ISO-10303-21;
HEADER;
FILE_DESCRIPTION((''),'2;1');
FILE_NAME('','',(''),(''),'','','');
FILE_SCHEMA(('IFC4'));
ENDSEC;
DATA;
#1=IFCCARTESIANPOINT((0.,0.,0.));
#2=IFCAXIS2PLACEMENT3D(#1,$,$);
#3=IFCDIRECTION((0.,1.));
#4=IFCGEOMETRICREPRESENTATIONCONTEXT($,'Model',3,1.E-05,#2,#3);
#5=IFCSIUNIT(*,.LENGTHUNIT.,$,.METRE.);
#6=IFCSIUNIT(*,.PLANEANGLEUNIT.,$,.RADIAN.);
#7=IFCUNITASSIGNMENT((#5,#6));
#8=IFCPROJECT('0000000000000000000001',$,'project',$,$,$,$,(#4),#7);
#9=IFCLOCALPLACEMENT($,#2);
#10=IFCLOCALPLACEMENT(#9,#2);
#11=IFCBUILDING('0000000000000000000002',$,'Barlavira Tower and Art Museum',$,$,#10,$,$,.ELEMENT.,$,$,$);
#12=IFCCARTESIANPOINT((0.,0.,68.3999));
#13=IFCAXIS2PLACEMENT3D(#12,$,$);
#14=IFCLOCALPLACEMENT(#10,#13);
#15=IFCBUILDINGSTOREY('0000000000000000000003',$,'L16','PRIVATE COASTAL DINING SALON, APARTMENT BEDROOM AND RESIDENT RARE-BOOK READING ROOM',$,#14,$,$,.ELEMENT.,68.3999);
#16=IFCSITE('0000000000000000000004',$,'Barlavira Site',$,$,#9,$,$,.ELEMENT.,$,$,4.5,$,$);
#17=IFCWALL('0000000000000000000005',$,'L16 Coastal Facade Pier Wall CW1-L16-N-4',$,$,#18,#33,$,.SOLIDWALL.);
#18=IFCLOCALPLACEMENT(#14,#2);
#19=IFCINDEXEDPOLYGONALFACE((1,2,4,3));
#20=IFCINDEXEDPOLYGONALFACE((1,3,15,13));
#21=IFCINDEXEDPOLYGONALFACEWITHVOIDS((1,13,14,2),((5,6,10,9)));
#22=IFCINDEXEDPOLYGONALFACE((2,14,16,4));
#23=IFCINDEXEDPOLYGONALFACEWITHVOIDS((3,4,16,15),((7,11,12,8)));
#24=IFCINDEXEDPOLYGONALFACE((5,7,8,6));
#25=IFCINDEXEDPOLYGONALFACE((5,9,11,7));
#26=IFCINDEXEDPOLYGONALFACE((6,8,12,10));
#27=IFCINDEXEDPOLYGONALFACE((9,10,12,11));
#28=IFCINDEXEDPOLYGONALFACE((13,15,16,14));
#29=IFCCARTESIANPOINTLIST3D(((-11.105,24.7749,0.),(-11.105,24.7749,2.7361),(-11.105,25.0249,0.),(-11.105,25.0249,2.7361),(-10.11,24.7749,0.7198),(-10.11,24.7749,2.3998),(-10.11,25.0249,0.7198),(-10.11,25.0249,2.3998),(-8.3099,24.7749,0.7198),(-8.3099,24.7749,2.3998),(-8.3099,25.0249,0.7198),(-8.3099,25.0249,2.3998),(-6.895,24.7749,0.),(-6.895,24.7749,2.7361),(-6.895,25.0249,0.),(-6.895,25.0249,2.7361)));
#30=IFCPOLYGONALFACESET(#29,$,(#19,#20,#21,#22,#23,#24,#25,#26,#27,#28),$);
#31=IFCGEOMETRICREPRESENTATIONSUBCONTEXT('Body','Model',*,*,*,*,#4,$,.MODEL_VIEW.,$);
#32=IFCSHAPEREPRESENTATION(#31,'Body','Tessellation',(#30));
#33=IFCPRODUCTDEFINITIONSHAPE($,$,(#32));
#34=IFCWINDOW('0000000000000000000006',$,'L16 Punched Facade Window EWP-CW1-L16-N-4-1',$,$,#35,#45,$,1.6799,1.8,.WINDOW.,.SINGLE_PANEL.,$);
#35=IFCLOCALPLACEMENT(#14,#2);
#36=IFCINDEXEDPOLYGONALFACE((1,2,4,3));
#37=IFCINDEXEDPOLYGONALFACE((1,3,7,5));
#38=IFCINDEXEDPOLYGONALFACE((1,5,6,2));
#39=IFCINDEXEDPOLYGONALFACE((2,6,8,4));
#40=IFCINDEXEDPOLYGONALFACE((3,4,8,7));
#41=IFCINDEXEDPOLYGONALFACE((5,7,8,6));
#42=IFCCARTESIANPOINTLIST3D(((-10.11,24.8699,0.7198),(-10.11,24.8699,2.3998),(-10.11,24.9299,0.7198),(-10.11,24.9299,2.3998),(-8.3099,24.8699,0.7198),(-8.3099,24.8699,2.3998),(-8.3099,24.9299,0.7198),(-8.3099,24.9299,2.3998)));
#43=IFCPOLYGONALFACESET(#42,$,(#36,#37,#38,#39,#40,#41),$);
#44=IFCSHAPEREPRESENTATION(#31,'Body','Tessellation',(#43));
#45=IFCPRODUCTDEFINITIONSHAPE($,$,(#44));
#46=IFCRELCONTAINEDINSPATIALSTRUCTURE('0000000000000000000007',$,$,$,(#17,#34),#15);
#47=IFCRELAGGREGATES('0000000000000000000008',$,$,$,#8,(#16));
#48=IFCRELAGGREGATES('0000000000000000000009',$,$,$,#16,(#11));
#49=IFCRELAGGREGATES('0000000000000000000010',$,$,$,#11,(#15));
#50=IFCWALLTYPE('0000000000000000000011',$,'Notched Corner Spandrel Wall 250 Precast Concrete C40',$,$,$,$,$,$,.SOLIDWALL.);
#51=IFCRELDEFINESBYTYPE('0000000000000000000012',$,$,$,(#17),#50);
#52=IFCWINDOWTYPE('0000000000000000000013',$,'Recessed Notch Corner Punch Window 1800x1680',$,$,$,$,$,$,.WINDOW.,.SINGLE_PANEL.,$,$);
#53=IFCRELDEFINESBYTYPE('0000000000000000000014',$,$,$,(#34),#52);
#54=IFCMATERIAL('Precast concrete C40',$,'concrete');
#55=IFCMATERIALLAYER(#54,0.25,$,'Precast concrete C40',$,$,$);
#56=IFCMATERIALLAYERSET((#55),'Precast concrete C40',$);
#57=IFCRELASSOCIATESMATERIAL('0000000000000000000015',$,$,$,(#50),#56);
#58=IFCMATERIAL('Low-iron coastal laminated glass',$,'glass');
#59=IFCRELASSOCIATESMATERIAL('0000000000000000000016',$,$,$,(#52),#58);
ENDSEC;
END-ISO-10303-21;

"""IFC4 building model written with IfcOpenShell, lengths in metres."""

from ifc_helpers import new_model, si_unit, direction, frame, frame_2d, origin, place, context, subcontext, project, spatial, rectangle, extrude, material, layer, layer_set, type_object, element, fill, save


model = new_model("IFC4")

# Units and contexts
model_context = context("Model", 3, precision=1e-05, world=origin(), true_north=direction((0.0, 1.0)))
body_context = subcontext(model_context, "Body", "Model", "MODEL_VIEW")
ifc_project = project(units=[si_unit("LENGTHUNIT", "METRE"), si_unit("PLANEANGLEUNIT", "RADIAN")], contexts=[model_context])

# Site, building, storey
site_placement = place(None, origin())
site = spatial("IfcSite", under=ifc_project, at=site_placement, Name="Barlavira Site", CompositionType="ELEMENT", RefElevation=4.5)
building_placement = place(site_placement, origin())
building = spatial("IfcBuilding", under=site, at=building_placement, Name="Barlavira Tower and Art Museum", CompositionType="ELEMENT")
storey_placement = place(building_placement, frame((0.0, 0.0, 68.3999)))
storey = spatial("IfcBuildingStorey", under=building, at=storey_placement, Name="L16", Description="PRIVATE COASTAL DINING SALON, APARTMENT BEDROOM AND RESIDENT RARE-BOOK READING ROOM", CompositionType="ELEMENT", Elevation=68.3999)

# Shared definitions
ifc_material_1 = material(Name="Low-iron coastal laminated glass", Category="glass")

# Wall, opening, window
ifc_material_2 = material(Name="Precast concrete C40", Category="concrete")
ifc_layer_1 = layer(ifc_material_2, 0.25, Name="Precast concrete C40")
ifc_layer_set_1 = layer_set([ifc_layer_1], Name="Precast concrete C40")
wall_type_1 = type_object("IfcWallType", Name="Notched Corner Spandrel Wall 250 Precast Concrete C40", PredefinedType="SOLIDWALL", material=ifc_layer_set_1)
wall_1_placement = place(storey_placement, frame((-6.895, 24.8999, 0.0), z_axis=(0.0, 0.0, 1.0), x_axis=(-1.0, 0.0, 0.0)))
wall_1 = element("IfcWall", 1, at=wall_1_placement, inside=storey, type_object=wall_type_1, Name="L16 Coastal Facade Pier Wall CW1-L16-N-4", PredefinedType="SOLIDWALL", context=body_context, shape_type="SweptSolid", body=[
    extrude(rectangle(XDim=4.21, YDim=0.25, at=frame_2d((2.105, 0.0))), origin(), (0.0, 0.0, 1.0), 2.7361),
])
opening_1_placement = place(wall_1_placement, frame((1.415, 0.0, 0.72)))
opening_1 = element("IfcOpeningElement", 2, at=opening_1_placement, cuts=wall_1, PredefinedType="OPENING", context=body_context, shape_type="SweptSolid", body=[
    extrude(rectangle(XDim=1.8, YDim=1.6799, at=frame_2d((0.8999, 0.8398))), frame((0.0, 0.135, 0.0), z_axis=(0.0, -1.0, 0.0), x_axis=(1.0, 0.0, 0.0)), (0.0, 0.0, 1.0), 0.27),
])
window_type = type_object("IfcWindowType", Name="Recessed Notch Corner Punch Window 1800x1680", PartitioningType="SINGLE_PANEL", PredefinedType="WINDOW", material=ifc_material_1)
window_placement = place(opening_1_placement, origin())
window = element("IfcWindow", 3, at=window_placement, inside=storey, type_object=window_type, Name="L16 Punched Facade Window EWP-CW1-L16-N-4-1", OverallHeight=1.6799, OverallWidth=1.8, PartitioningType="SINGLE_PANEL", PredefinedType="WINDOW", context=body_context, shape_type="SweptSolid", body=[
    extrude(rectangle(XDim=1.8, YDim=1.6799, at=frame_2d((0.8999, 0.8398))), frame((0.0, 0.03, 0.0), z_axis=(0.0, -1.0, 0.0), x_axis=(1.0, 0.0, 0.0)), (0.0, 0.0, 1.0), 0.0601),
])
fill(opening_1, window)

save(model, "model.ifc")
